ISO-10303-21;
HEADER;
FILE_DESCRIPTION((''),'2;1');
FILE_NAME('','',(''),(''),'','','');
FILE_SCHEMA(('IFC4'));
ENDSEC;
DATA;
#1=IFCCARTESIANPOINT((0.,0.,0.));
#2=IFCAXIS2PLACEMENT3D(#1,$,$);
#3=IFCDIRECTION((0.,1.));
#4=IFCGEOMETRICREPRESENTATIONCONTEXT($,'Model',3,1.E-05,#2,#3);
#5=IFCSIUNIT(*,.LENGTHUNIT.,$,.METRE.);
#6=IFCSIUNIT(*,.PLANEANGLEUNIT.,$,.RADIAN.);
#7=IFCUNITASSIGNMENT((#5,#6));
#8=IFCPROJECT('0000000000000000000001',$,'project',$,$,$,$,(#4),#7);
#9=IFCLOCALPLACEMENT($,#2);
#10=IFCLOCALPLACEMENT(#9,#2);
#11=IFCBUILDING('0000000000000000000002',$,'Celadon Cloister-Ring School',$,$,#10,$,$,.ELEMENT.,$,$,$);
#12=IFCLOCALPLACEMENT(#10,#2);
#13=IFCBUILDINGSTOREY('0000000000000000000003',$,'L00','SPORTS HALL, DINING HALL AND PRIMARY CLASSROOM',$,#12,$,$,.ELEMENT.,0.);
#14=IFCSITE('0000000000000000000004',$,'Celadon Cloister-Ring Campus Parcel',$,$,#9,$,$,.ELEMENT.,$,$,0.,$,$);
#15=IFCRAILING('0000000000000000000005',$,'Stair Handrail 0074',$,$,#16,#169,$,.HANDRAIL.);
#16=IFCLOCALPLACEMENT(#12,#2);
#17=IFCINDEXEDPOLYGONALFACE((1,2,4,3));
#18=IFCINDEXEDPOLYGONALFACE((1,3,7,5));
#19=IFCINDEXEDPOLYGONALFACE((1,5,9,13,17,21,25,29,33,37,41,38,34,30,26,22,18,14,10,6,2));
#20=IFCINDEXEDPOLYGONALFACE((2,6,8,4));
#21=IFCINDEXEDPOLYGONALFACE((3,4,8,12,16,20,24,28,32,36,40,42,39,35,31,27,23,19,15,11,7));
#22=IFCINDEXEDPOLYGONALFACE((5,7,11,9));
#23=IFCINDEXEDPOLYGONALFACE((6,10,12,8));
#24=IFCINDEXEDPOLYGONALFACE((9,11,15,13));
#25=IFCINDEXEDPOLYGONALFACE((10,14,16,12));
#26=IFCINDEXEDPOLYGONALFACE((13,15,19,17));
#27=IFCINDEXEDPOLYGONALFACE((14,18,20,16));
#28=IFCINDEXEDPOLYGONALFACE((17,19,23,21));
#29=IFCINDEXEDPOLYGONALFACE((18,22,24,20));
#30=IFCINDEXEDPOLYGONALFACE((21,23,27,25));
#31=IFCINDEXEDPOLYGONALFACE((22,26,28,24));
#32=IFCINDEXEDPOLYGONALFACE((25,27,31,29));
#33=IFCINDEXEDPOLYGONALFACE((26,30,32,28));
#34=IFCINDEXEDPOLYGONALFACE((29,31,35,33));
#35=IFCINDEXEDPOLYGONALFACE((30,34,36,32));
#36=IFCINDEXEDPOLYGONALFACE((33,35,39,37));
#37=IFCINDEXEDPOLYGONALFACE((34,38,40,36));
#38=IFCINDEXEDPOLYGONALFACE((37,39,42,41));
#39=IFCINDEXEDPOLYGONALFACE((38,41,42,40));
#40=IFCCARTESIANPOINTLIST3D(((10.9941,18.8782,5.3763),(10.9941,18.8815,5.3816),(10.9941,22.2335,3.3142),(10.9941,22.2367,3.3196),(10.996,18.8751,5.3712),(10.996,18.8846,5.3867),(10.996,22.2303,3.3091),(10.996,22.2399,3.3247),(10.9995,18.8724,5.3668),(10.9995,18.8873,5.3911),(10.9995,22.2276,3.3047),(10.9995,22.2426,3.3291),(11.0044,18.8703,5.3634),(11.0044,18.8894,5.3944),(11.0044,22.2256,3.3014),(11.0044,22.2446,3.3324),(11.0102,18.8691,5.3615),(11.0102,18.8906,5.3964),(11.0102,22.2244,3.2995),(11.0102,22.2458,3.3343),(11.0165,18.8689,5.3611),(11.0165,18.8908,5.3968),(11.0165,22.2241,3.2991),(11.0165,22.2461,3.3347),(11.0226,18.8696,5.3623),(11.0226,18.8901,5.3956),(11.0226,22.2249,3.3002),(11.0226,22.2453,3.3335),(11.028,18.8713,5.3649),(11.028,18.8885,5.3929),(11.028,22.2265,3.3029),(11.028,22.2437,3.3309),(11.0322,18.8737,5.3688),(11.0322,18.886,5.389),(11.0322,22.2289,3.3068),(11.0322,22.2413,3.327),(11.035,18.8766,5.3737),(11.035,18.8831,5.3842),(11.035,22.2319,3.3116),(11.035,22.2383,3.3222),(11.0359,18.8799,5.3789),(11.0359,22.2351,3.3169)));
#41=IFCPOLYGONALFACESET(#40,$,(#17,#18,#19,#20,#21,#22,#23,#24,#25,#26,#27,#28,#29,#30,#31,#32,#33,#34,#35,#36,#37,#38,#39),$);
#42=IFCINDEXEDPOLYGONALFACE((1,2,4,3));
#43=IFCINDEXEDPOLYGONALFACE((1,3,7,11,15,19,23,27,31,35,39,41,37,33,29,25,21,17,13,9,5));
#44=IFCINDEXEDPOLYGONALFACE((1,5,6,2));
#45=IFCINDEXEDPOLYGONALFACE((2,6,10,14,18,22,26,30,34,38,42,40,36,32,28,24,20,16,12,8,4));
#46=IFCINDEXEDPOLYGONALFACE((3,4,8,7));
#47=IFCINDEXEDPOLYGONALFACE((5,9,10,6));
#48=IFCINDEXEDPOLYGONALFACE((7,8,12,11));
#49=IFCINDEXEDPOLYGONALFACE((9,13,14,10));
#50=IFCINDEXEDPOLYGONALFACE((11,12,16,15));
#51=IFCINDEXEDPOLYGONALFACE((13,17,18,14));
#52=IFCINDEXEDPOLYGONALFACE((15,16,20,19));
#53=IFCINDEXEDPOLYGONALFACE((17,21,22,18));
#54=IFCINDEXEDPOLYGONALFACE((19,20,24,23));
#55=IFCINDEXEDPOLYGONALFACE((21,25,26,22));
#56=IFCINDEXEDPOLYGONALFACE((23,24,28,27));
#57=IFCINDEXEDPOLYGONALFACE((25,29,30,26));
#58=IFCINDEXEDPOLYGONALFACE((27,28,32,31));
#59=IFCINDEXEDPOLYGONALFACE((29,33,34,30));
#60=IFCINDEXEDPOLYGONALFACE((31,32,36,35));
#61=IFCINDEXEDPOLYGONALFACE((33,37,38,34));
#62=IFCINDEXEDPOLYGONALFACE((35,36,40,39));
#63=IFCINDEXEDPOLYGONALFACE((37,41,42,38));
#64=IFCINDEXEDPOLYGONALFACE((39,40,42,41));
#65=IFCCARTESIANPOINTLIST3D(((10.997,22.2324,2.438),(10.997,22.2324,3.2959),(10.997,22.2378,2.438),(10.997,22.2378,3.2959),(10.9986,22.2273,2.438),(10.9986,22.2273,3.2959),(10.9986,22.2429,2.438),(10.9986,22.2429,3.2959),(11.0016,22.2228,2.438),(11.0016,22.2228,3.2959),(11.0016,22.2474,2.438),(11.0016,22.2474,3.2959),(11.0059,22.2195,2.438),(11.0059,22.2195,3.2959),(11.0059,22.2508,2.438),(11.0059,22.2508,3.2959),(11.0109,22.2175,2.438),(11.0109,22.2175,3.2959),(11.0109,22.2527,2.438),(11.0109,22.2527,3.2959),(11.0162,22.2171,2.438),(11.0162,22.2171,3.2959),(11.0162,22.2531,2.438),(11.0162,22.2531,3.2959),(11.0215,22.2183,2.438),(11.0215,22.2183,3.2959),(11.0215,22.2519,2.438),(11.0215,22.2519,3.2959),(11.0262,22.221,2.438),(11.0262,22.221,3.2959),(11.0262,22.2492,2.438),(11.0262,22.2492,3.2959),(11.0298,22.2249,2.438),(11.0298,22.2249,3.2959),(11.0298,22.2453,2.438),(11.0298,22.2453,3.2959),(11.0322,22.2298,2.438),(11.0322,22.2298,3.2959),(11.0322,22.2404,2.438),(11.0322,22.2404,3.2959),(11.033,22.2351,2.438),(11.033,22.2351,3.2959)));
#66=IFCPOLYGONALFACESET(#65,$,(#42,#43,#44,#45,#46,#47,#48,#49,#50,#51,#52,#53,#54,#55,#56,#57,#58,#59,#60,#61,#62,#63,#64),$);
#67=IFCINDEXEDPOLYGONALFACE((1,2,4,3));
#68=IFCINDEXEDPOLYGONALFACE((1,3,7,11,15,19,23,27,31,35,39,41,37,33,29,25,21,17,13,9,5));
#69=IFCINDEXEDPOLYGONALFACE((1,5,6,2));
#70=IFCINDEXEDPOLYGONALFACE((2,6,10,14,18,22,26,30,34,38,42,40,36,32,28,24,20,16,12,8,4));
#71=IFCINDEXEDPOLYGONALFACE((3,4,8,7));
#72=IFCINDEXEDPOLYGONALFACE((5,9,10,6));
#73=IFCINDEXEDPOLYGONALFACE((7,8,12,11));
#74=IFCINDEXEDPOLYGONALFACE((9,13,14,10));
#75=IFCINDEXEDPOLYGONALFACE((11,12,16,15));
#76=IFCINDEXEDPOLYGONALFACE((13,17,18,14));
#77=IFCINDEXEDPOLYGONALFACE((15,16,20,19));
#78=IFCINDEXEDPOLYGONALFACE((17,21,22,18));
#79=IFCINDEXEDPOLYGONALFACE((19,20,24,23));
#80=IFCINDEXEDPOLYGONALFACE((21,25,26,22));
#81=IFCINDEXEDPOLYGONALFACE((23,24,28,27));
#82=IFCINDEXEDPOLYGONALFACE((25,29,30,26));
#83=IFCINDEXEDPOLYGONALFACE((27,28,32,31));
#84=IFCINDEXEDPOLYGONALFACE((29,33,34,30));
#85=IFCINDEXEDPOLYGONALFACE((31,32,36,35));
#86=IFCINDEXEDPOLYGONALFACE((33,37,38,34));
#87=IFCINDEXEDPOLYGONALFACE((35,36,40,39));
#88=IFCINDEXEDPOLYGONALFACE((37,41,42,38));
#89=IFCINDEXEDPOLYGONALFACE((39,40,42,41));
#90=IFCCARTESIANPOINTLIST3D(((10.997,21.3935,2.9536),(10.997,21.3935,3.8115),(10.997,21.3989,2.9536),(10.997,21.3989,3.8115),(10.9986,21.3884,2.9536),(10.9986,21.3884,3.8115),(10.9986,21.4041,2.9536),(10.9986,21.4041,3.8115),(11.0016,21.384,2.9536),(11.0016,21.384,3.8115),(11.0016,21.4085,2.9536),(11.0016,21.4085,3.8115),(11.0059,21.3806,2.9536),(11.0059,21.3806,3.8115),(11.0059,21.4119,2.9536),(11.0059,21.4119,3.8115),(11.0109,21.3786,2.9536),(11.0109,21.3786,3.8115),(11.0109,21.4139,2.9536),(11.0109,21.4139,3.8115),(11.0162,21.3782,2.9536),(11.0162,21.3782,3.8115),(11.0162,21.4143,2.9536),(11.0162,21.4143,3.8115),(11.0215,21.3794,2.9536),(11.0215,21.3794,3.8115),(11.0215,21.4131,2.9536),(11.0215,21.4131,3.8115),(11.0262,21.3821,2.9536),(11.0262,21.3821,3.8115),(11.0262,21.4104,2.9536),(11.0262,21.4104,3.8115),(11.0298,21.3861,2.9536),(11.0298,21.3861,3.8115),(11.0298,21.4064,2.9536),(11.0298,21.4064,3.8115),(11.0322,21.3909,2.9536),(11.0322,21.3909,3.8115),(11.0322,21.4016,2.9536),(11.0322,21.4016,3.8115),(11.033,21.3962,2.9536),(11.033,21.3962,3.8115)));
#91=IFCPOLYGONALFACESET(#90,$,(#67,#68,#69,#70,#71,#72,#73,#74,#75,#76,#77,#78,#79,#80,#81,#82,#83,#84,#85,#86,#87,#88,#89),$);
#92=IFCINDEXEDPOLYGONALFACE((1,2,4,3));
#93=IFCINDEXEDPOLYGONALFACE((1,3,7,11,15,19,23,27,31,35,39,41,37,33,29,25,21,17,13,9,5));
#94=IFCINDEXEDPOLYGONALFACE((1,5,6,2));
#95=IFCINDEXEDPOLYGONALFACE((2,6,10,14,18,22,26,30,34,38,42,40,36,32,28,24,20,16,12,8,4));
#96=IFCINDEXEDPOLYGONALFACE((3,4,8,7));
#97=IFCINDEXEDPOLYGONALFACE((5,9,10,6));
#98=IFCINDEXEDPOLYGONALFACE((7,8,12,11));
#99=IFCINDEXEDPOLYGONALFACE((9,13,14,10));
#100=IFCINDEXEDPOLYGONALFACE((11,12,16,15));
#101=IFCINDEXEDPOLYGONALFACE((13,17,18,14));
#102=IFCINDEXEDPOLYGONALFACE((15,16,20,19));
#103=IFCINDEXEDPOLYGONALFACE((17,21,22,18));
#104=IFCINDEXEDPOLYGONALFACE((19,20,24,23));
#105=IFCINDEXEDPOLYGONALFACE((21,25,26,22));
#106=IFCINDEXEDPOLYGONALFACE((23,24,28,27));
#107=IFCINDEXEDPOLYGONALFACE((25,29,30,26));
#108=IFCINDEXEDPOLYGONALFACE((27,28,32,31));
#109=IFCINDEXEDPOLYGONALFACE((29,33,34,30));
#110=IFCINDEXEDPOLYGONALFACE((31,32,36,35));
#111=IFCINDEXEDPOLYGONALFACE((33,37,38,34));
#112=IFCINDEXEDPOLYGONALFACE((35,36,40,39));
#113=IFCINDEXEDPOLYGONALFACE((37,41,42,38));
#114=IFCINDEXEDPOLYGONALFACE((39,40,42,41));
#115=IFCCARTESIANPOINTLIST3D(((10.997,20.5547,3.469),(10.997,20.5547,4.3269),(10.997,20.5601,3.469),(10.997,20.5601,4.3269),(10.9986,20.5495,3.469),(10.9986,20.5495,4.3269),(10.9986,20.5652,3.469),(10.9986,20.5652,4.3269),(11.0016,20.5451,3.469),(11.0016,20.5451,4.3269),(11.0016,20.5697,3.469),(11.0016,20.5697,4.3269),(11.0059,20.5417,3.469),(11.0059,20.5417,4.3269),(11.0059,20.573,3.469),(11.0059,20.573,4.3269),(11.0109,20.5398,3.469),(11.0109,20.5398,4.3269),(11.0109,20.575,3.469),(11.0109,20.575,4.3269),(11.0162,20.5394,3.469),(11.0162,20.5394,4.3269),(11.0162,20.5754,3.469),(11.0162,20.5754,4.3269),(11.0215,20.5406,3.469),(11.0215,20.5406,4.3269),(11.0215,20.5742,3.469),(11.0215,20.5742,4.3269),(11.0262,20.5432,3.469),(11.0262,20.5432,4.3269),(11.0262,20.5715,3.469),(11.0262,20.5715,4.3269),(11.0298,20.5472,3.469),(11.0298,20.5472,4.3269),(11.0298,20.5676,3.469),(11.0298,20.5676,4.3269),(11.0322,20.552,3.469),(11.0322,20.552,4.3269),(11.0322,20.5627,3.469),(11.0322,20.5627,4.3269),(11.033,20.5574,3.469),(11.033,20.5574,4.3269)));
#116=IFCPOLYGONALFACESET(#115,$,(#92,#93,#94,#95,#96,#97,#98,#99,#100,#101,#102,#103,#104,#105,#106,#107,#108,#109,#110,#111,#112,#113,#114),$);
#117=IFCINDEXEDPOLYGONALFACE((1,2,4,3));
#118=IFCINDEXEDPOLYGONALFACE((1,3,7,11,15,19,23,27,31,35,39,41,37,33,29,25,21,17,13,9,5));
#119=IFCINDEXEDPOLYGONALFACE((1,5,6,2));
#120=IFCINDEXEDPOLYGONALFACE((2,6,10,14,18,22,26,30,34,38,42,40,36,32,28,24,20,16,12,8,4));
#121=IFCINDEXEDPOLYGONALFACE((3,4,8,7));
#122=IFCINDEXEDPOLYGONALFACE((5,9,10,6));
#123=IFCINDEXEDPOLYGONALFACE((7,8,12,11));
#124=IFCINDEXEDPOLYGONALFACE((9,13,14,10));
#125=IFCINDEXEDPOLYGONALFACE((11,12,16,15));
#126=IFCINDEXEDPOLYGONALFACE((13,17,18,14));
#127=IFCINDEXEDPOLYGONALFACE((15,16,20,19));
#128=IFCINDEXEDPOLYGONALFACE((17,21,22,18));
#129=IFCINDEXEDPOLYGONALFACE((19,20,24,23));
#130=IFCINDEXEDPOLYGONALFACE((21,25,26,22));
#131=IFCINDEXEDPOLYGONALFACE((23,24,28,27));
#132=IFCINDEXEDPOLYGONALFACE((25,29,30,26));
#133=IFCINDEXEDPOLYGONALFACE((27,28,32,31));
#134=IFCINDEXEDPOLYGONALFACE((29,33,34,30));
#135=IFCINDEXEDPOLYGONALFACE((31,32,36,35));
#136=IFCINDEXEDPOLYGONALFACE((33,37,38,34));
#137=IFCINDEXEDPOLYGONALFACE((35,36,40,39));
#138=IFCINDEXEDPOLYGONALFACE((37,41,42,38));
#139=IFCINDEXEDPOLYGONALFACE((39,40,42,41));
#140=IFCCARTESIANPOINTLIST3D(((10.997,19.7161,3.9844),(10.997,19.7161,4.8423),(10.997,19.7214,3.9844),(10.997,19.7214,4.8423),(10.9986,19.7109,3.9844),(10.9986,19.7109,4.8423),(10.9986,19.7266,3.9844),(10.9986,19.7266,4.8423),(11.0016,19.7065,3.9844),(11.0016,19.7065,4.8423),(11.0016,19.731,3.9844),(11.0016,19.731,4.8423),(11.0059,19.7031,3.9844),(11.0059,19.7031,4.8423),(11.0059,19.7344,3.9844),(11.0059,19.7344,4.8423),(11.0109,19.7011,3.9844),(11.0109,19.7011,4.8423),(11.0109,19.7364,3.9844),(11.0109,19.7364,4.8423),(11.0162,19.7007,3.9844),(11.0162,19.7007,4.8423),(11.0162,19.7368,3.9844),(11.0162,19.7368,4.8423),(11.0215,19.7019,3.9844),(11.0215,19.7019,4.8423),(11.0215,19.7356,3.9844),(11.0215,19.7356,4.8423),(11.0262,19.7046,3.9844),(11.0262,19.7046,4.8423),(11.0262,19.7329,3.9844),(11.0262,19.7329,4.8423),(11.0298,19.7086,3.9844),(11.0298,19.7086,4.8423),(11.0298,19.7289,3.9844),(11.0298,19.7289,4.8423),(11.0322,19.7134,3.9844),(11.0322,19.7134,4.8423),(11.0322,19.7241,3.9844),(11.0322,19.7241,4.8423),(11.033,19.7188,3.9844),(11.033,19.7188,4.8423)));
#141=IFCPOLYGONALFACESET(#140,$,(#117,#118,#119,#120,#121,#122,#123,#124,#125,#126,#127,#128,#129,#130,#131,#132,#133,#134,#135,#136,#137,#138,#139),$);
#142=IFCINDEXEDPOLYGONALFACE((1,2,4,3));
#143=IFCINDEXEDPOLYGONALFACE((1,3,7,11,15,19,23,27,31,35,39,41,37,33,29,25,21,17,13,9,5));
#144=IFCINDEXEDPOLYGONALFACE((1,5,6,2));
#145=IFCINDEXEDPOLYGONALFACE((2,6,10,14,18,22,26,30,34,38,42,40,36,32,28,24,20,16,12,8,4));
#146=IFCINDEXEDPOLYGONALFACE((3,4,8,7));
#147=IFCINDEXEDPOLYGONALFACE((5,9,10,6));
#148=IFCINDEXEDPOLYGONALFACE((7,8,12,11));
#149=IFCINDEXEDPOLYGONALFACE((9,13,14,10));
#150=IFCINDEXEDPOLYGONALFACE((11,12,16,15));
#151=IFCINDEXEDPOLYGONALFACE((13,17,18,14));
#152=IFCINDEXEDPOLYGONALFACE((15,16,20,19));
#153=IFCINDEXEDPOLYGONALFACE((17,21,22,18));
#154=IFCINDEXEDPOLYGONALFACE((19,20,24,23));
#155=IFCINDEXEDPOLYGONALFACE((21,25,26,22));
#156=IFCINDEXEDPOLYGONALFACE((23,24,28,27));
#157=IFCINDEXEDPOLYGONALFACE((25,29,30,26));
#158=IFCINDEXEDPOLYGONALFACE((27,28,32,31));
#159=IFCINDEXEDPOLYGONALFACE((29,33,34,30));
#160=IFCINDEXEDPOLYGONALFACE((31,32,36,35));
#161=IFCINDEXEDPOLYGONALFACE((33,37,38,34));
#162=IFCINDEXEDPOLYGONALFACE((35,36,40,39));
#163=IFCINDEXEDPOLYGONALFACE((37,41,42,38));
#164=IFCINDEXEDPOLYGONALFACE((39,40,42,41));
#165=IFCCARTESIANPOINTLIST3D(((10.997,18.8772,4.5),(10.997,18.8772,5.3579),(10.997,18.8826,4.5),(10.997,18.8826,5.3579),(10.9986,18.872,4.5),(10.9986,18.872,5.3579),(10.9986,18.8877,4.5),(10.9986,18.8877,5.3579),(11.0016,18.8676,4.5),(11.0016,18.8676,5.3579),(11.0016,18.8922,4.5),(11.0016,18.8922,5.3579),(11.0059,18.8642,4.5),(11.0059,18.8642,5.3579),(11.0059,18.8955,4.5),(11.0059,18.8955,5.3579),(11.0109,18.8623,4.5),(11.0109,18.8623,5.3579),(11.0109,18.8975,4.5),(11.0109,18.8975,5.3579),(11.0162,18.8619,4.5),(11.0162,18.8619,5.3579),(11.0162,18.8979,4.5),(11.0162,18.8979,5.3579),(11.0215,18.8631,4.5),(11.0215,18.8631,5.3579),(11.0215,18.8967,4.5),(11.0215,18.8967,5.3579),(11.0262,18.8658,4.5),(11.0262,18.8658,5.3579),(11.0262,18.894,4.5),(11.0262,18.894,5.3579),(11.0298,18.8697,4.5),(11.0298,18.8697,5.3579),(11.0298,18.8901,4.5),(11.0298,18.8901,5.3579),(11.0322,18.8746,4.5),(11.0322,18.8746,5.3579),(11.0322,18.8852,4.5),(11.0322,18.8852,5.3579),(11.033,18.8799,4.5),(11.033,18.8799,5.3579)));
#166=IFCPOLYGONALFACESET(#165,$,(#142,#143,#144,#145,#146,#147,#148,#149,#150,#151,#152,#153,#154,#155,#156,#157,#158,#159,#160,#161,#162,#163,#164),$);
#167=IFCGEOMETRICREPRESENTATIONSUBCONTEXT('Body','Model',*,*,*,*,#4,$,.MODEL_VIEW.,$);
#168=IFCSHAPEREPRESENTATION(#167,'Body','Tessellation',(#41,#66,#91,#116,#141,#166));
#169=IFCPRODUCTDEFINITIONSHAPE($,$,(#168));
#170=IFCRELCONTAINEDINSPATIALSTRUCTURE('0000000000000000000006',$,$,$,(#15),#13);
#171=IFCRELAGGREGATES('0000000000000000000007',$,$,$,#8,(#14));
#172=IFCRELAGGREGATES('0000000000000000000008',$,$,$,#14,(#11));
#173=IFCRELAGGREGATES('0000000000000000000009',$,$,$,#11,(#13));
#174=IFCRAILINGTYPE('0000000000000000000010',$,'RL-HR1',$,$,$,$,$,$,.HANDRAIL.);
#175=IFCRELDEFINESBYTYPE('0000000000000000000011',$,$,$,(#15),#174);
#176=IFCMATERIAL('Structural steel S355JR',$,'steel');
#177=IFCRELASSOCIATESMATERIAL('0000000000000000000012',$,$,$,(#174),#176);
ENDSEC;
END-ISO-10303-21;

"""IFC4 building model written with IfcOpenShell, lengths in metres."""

from ifc_helpers import new_model, si_unit, direction, frame, origin, origin_2d, place, context, subcontext, project, spatial, circle, extrude, material, type_object, element, save


model = new_model("IFC4")

# Units and contexts
model_context = context("Model", 3, precision=1e-05, world=origin(), true_north=direction((0.0, 1.0)))
body_context = subcontext(model_context, "Body", "Model", "MODEL_VIEW")
ifc_project = project(units=[si_unit("LENGTHUNIT", "METRE"), si_unit("PLANEANGLEUNIT", "RADIAN")], contexts=[model_context])

# Site, building, storey
site_placement = place(None, origin())
site = spatial("IfcSite", under=ifc_project, at=site_placement, Name="Celadon Cloister-Ring Campus Parcel", CompositionType="ELEMENT", RefElevation=0.0)
building_placement = place(site_placement, origin())
building = spatial("IfcBuilding", under=site, at=building_placement, Name="Celadon Cloister-Ring School", CompositionType="ELEMENT")
storey_placement = place(building_placement, origin())
storey = spatial("IfcBuildingStorey", under=building, at=storey_placement, Name="L00", Description="SPORTS HALL, DINING HALL AND PRIMARY CLASSROOM", CompositionType="ELEMENT", Elevation=0.0)

# Railing
ifc_material_1 = material(Name="Structural steel S355JR", Category="steel")
railing_type = type_object("IfcRailingType", Name="RL-HR1", PredefinedType="HANDRAIL", material=ifc_material_1)
railing_placement = place(storey_placement, frame((11.0149, 22.2351, 2.438)))
element("IfcRailing", 1, at=railing_placement, inside=storey, type_object=railing_type, Name="Stair Handrail 0074", PredefinedType="HANDRAIL", context=body_context, shape_type="SweptSolid", body=[
    extrude(circle(Radius=0.021, at=origin_2d()), frame((0.0, 0.0, 0.8789), z_axis=(0.0, -0.851969, 0.523592), x_axis=(1.0, 0.0, 0.0)), (0.0, 0.0, 1.0), 3.9382),
    extrude(circle(Radius=0.0181, at=origin_2d()), origin(), (0.0, 0.0, 1.0), 0.8579),
    extrude(circle(Radius=0.0181, at=origin_2d()), frame((0.0, -0.8389, 0.5156)), (0.0, 0.0, 1.0), 0.8579),
    extrude(circle(Radius=0.0181, at=origin_2d()), frame((0.0, -1.6777, 1.031)), (0.0, 0.0, 1.0), 0.8579),
    extrude(circle(Radius=0.0181, at=origin_2d()), frame((0.0, -2.5164, 1.5464)), (0.0, 0.0, 1.0), 0.8579),
    extrude(circle(Radius=0.0181, at=origin_2d()), frame((0.0, -3.3552, 2.062)), (0.0, 0.0, 1.0), 0.8579),
])

save(model, "model.ifc")
